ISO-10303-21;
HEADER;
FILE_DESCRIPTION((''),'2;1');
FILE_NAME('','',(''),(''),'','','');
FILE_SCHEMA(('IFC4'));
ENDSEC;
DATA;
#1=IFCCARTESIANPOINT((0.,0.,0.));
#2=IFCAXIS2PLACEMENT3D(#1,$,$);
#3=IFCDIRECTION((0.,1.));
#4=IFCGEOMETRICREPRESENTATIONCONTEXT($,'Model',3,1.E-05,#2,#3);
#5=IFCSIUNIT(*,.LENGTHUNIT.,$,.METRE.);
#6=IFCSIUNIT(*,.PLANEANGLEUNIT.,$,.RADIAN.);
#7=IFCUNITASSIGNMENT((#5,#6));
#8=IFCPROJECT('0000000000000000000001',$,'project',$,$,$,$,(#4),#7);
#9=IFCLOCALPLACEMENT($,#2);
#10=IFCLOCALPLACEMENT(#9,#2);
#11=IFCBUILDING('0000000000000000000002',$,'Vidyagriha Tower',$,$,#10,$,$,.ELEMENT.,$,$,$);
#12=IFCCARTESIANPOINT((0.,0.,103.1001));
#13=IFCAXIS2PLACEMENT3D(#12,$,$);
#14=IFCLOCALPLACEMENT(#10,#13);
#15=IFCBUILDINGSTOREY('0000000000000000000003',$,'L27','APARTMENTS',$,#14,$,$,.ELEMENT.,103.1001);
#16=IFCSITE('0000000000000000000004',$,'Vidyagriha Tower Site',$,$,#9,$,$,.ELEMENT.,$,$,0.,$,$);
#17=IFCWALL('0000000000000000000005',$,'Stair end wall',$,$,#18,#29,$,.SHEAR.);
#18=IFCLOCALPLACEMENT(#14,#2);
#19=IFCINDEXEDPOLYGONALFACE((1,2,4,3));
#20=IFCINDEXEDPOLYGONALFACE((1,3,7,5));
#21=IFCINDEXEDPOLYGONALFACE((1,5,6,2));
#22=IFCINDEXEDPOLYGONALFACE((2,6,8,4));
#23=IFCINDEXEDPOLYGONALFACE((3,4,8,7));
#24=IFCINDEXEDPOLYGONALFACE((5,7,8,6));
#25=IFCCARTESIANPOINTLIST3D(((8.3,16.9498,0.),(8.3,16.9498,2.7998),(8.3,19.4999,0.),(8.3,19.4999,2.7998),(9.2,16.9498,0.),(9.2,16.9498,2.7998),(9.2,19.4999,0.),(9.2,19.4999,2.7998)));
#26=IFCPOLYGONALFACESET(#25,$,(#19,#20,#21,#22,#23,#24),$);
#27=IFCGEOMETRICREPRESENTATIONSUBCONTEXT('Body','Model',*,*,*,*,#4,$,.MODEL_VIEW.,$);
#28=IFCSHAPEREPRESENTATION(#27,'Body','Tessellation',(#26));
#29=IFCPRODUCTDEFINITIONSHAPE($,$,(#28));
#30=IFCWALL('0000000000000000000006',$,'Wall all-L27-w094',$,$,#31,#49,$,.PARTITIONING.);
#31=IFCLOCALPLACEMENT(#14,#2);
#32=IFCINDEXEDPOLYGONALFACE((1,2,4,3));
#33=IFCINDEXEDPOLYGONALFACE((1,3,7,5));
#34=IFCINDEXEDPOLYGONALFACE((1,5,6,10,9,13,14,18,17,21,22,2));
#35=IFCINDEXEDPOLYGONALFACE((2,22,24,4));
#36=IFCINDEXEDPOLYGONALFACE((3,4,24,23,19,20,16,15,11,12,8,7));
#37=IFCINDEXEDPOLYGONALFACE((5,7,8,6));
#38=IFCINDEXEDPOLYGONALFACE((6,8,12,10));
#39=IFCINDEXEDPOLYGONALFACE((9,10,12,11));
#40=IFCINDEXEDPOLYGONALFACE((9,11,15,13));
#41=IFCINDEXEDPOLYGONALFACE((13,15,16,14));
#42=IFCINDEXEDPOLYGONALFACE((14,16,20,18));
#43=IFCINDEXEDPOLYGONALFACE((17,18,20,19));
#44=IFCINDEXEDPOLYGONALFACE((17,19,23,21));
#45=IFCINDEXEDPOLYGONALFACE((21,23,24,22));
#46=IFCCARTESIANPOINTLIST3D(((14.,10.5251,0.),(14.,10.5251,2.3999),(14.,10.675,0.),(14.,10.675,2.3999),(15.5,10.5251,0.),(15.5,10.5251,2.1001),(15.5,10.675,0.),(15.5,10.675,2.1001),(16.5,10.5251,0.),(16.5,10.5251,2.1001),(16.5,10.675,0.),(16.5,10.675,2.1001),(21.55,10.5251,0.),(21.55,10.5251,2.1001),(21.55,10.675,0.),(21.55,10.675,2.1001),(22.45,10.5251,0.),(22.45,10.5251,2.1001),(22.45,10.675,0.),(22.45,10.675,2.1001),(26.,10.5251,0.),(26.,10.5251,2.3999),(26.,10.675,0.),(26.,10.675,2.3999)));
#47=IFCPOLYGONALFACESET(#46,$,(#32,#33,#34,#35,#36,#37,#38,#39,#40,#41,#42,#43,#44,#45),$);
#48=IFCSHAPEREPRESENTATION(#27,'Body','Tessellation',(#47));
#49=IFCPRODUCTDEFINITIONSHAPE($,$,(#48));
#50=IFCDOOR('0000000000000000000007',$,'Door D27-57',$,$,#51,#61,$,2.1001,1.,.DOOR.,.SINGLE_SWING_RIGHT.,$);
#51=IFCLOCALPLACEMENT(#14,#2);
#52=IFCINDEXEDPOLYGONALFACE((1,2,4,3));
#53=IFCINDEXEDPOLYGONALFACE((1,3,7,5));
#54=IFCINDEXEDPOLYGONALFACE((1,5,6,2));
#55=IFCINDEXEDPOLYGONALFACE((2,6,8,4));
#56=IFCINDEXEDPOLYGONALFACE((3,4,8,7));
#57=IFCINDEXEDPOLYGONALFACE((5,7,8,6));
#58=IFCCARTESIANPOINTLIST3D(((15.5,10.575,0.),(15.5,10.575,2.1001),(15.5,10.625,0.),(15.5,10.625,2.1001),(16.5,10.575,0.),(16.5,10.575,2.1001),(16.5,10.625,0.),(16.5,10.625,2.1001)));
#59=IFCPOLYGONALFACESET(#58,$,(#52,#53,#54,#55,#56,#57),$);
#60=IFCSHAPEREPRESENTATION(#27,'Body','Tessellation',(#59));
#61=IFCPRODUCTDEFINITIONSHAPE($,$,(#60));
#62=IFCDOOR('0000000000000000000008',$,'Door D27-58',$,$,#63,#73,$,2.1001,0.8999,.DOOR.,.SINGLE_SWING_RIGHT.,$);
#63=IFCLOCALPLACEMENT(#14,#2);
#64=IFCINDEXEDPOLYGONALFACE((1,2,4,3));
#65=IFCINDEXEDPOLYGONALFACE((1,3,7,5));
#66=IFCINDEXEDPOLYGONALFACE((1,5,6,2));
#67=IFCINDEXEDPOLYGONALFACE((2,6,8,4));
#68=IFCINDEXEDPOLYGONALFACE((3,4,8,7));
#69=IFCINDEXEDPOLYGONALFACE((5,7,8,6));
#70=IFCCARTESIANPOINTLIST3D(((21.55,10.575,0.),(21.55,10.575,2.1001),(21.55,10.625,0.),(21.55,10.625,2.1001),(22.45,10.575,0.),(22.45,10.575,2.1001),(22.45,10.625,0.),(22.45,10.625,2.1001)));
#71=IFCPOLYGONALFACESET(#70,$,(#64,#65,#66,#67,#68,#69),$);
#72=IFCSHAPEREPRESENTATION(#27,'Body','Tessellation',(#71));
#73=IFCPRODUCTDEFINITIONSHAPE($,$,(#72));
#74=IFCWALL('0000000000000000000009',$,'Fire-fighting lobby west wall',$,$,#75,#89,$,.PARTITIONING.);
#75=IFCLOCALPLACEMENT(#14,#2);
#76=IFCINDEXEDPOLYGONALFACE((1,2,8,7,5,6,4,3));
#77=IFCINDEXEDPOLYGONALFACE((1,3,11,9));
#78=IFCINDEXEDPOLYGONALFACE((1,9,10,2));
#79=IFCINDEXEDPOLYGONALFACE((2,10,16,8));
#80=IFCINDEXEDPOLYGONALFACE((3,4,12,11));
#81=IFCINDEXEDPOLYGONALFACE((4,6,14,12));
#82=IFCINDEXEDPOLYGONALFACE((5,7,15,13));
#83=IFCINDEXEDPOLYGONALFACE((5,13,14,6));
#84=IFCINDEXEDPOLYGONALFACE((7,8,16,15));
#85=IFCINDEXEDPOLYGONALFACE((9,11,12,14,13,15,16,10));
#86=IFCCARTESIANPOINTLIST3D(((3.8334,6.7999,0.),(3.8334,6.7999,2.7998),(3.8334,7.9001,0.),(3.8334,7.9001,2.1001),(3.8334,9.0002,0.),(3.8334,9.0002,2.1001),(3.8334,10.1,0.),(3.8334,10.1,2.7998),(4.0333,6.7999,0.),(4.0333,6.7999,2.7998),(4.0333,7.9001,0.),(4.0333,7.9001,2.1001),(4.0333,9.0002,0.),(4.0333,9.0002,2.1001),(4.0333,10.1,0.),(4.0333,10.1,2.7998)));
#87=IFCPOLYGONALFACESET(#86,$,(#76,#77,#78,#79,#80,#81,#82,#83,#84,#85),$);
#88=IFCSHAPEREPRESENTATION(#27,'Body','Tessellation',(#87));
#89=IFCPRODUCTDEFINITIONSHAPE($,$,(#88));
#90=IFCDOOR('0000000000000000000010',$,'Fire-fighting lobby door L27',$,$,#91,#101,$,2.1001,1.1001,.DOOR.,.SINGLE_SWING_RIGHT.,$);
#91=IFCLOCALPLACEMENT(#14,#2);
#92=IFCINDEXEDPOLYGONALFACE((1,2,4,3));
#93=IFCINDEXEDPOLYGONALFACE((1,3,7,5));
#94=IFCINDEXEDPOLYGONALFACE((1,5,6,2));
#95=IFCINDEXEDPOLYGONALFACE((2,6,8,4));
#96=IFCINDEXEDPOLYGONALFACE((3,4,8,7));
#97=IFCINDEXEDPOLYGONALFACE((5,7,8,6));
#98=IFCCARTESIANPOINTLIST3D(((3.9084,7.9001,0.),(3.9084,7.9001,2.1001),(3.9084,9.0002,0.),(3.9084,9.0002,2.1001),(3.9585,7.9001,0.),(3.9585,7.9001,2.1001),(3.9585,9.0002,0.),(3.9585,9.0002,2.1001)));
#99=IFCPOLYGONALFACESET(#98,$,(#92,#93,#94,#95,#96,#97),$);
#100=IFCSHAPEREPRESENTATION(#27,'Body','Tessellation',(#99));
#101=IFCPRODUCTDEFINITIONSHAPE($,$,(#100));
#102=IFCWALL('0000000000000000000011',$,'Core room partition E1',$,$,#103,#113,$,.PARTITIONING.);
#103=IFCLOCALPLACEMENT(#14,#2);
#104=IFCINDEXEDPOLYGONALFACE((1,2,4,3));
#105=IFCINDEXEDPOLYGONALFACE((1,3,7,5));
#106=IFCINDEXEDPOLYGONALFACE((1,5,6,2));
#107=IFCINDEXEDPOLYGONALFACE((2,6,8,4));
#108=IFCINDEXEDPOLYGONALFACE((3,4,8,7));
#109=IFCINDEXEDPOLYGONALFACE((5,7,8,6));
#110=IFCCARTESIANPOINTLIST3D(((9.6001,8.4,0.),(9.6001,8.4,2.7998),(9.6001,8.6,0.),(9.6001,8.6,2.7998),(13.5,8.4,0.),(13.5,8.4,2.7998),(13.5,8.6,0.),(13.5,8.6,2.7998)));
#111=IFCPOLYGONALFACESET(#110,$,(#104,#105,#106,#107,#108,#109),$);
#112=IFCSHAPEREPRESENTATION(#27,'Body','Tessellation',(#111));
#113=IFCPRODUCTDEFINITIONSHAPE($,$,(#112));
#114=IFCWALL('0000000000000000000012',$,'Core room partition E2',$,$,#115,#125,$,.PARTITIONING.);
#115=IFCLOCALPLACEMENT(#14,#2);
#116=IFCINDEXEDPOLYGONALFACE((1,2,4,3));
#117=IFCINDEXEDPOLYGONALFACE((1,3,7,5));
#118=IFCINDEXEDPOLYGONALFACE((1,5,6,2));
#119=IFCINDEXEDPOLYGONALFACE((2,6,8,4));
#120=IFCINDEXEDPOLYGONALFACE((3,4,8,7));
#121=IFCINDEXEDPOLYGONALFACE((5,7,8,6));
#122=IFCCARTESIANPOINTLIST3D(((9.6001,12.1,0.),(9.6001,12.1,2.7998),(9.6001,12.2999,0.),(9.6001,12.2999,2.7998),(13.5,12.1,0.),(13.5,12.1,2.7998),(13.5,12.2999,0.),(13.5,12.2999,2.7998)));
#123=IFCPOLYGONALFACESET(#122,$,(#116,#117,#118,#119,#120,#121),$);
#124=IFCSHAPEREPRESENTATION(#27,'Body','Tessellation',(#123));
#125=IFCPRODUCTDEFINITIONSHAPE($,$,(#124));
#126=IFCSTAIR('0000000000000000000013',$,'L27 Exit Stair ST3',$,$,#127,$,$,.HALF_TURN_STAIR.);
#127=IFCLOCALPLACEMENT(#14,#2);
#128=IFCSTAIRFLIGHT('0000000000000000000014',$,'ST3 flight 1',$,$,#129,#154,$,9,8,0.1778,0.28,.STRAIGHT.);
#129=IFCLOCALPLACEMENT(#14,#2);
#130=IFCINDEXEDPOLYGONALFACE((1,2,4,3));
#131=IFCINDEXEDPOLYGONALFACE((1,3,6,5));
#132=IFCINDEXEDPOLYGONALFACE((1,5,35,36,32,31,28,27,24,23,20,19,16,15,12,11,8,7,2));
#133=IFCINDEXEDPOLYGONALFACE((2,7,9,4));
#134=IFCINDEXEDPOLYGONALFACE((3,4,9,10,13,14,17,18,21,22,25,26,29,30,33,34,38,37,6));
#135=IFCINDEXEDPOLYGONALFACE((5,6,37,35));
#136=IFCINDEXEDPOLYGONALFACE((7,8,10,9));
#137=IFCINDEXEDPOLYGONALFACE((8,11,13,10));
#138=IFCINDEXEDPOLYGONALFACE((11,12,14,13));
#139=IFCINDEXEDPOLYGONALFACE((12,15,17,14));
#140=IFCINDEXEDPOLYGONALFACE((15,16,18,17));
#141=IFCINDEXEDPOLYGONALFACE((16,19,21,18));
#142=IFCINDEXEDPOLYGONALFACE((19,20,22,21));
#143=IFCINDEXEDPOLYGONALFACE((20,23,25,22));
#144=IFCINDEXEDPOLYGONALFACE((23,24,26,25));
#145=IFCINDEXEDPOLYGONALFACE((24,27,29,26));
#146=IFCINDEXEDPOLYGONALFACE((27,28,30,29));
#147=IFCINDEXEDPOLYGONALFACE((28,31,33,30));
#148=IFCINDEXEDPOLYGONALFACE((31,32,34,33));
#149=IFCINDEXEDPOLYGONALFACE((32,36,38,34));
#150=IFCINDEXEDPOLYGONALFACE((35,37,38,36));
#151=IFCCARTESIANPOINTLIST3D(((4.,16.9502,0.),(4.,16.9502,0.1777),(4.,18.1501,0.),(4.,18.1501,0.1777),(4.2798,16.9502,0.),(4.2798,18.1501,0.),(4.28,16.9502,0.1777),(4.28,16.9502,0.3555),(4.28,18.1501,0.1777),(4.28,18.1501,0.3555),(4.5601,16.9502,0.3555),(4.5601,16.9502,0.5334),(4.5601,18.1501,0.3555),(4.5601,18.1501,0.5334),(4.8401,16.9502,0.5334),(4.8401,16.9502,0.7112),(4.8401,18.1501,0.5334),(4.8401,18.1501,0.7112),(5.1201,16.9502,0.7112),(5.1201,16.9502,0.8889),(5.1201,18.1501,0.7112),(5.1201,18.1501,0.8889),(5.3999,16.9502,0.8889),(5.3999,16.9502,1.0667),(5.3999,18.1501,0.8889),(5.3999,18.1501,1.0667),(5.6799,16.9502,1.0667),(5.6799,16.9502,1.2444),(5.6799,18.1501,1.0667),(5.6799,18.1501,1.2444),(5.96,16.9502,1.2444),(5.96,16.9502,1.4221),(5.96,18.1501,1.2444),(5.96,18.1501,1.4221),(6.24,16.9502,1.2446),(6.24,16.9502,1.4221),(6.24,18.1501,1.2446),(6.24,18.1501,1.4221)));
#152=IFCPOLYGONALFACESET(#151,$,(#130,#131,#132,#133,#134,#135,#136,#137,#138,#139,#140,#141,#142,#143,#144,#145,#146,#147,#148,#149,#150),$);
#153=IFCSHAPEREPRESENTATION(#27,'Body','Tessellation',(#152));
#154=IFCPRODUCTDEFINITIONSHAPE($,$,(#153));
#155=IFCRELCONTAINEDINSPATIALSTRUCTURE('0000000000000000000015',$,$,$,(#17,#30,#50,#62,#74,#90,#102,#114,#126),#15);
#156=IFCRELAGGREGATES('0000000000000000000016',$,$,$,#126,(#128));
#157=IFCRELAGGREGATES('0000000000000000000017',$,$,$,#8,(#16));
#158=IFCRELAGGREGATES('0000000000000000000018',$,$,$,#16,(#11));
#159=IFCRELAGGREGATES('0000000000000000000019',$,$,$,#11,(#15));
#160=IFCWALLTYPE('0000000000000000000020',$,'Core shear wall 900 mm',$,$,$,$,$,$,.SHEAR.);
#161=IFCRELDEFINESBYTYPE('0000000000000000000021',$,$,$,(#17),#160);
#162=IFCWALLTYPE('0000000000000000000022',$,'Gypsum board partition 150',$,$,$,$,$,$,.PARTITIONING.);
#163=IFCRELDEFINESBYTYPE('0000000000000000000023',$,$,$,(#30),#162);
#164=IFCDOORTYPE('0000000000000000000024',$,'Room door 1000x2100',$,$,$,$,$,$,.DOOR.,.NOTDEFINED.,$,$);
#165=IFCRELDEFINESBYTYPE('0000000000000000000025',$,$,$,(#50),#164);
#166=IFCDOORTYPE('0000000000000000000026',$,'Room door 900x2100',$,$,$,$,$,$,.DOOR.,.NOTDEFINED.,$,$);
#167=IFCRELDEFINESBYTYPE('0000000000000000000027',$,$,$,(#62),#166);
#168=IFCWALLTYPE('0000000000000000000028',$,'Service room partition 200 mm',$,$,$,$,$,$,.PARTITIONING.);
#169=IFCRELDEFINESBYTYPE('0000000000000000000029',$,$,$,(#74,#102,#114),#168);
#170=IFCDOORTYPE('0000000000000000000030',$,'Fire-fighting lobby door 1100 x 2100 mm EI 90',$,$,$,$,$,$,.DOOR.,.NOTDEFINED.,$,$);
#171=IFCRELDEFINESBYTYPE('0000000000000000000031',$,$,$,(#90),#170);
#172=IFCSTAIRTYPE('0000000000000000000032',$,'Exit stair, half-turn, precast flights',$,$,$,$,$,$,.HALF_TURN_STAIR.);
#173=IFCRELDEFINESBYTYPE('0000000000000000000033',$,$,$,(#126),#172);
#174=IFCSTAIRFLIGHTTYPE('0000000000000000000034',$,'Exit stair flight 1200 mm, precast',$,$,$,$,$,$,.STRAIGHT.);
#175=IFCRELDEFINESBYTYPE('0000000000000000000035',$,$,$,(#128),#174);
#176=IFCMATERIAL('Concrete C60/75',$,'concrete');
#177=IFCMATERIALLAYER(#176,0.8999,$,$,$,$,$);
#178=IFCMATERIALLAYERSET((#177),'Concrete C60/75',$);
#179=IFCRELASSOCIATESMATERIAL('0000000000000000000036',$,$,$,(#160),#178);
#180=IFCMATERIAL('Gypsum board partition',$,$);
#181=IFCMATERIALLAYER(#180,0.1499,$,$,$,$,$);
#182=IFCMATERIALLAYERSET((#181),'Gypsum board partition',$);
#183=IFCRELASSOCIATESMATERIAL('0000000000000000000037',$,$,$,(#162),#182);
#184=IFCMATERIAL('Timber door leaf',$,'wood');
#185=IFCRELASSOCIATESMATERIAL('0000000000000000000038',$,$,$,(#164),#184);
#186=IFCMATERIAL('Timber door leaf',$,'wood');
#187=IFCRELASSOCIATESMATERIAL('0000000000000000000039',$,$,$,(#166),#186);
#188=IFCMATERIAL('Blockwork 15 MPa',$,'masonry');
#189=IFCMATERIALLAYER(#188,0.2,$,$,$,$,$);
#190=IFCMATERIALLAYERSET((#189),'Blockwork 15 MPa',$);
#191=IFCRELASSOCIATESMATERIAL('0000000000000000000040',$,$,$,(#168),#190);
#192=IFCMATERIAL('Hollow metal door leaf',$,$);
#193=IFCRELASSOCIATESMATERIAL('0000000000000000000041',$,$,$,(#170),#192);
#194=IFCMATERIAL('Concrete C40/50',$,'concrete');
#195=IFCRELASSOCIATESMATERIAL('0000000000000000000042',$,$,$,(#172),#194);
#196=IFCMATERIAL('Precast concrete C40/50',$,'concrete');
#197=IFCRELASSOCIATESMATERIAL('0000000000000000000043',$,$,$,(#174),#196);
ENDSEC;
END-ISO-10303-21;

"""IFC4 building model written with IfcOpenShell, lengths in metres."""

from ifc_helpers import new_model, si_unit, direction, frame, frame_2d, origin, place, context, subcontext, project, spatial, polyline, rectangle, outline, extrude, material, layer, layer_set, type_object, element, fill, aggregate, save


model = new_model("IFC4")

# Units and contexts
model_context = context("Model", 3, precision=1e-05, world=origin(), true_north=direction((0.0, 1.0)))
body_context = subcontext(model_context, "Body", "Model", "MODEL_VIEW")
ifc_project = project(units=[si_unit("LENGTHUNIT", "METRE"), si_unit("PLANEANGLEUNIT", "RADIAN")], contexts=[model_context])

# Site, building, storey
site_placement = place(None, origin())
site = spatial("IfcSite", under=ifc_project, at=site_placement, Name="Vidyagriha Tower Site", CompositionType="ELEMENT", RefElevation=0.0)
building_placement = place(site_placement, origin())
building = spatial("IfcBuilding", under=site, at=building_placement, Name="Vidyagriha Tower", CompositionType="ELEMENT")
storey_placement = place(building_placement, frame((0.0, 0.0, 103.1001)))
storey = spatial("IfcBuildingStorey", under=building, at=storey_placement, Name="L27", Description="APARTMENTS", CompositionType="ELEMENT", Elevation=103.1001)

# Wall
ifc_material_1 = material(Name="Concrete C60/75", Category="concrete")
ifc_layer_1 = layer(ifc_material_1, 0.8999)
ifc_layer_set_1 = layer_set([ifc_layer_1], Name="Concrete C60/75")
wall_type_1 = type_object("IfcWallType", Name="Core shear wall 900 mm", PredefinedType="SHEAR", material=ifc_layer_set_1)
wall_1_placement = place(storey_placement, frame((8.75, 16.95, 0.0), z_axis=(0.0, 0.0, 1.0), x_axis=(0.0, 1.0, 0.0)))
element("IfcWall", 1, at=wall_1_placement, inside=storey, type_object=wall_type_1, Name="Stair end wall", PredefinedType="SHEAR", context=body_context, shape_type="SweptSolid", body=[
    extrude(rectangle(XDim=2.55, YDim=0.8999, at=frame_2d((1.2749, 0.0))), origin(), (0.0, 0.0, 1.0), 2.7998),
])

# Wall, openings, doors
ifc_material_2 = material(Name="Gypsum board partition")
ifc_layer_2 = layer(ifc_material_2, 0.1499)
ifc_layer_set_2 = layer_set([ifc_layer_2], Name="Gypsum board partition")
wall_type_2 = type_object("IfcWallType", Name="Gypsum board partition 150", PredefinedType="PARTITIONING", material=ifc_layer_set_2)
wall_2_placement = place(storey_placement, frame((14.0, 10.6001, 0.0)))
wall_2 = element("IfcWall", 2, at=wall_2_placement, inside=storey, type_object=wall_type_2, Name="Wall all-L27-w094", PredefinedType="PARTITIONING", context=body_context, shape_type="SweptSolid", body=[
    extrude(rectangle(XDim=12.0, YDim=0.1499, at=frame_2d((6.0, 0.0))), origin(), (0.0, 0.0, 1.0), 2.3999),
])
opening_1_placement = place(wall_2_placement, frame((1.5, 0.0, 0.0)))
opening_1 = element("IfcOpeningElement", 3, at=opening_1_placement, cuts=wall_2, PredefinedType="OPENING", context=body_context, shape_type="SweptSolid", body=[
    extrude(rectangle(XDim=1.0, YDim=2.1001, at=frame_2d((0.5, 1.05))), frame((0.0, 0.085, 0.0), z_axis=(0.0, -1.0, 0.0), x_axis=(1.0, 0.0, 0.0)), (0.0, 0.0, 1.0), 0.1699),
])
opening_2_placement = place(wall_2_placement, frame((7.55, 0.0, 0.0)))
opening_2 = element("IfcOpeningElement", 4, at=opening_2_placement, cuts=wall_2, PredefinedType="OPENING", context=body_context, shape_type="SweptSolid", body=[
    extrude(rectangle(XDim=0.8999, YDim=2.1001, at=frame_2d((0.45, 1.05))), frame((0.0, 0.085, 0.0), z_axis=(0.0, -1.0, 0.0), x_axis=(1.0, 0.0, 0.0)), (0.0, 0.0, 1.0), 0.1699),
])
ifc_material_3 = material(Name="Timber door leaf", Category="wood")
door_type_1 = type_object("IfcDoorType", Name="Room door 1000x2100", OperationType="NOTDEFINED", PredefinedType="DOOR", material=ifc_material_3)
door_1_placement = place(opening_1_placement, origin())
door_1 = element("IfcDoor", 5, at=door_1_placement, inside=storey, type_object=door_type_1, Name="Door D27-57", OperationType="SINGLE_SWING_RIGHT", OverallHeight=2.1001, OverallWidth=1.0, PredefinedType="DOOR", context=body_context, shape_type="SweptSolid", body=[
    extrude(rectangle(XDim=1.0, YDim=2.1001, at=frame_2d((0.5, 1.05))), frame((0.0, 0.0249, 0.0), z_axis=(0.0, -1.0, 0.0), x_axis=(1.0, 0.0, 0.0)), (0.0, 0.0, 1.0), 0.05),
])
fill(opening_1, door_1)
ifc_material_4 = material(Name="Timber door leaf", Category="wood")
door_type_2 = type_object("IfcDoorType", Name="Room door 900x2100", OperationType="NOTDEFINED", PredefinedType="DOOR", material=ifc_material_4)
door_2_placement = place(opening_2_placement, origin())
door_2 = element("IfcDoor", 6, at=door_2_placement, inside=storey, type_object=door_type_2, Name="Door D27-58", OperationType="SINGLE_SWING_RIGHT", OverallHeight=2.1001, OverallWidth=0.8999, PredefinedType="DOOR", context=body_context, shape_type="SweptSolid", body=[
    extrude(rectangle(XDim=0.8999, YDim=2.1001, at=frame_2d((0.45, 1.05))), frame((0.0, 0.0249, 0.0), z_axis=(0.0, -1.0, 0.0), x_axis=(1.0, 0.0, 0.0)), (0.0, 0.0, 1.0), 0.05),
])
fill(opening_2, door_2)

# Wall, opening, door
ifc_material_5 = material(Name="Blockwork 15 MPa", Category="masonry")
ifc_layer_3 = layer(ifc_material_5, 0.2)
ifc_layer_set_3 = layer_set([ifc_layer_3], Name="Blockwork 15 MPa")
wall_type_3 = type_object("IfcWallType", Name="Service room partition 200 mm", PredefinedType="PARTITIONING", material=ifc_layer_set_3)
wall_3_placement = place(storey_placement, frame((3.9333, 6.8, 0.0), z_axis=(0.0, 0.0, 1.0), x_axis=(0.0, 1.0, 0.0)))
wall_3 = element("IfcWall", 7, at=wall_3_placement, inside=storey, type_object=wall_type_3, Name="Fire-fighting lobby west wall", PredefinedType="PARTITIONING", context=body_context, shape_type="SweptSolid", body=[
    extrude(rectangle(XDim=3.3, YDim=0.2, at=frame_2d((1.6499, 0.0))), origin(), (0.0, 0.0, 1.0), 2.7998),
])
opening_3_placement = place(wall_3_placement, frame((1.1001, 0.0, 0.0)))
opening_3 = element("IfcOpeningElement", 8, at=opening_3_placement, cuts=wall_3, PredefinedType="OPENING", context=body_context, shape_type="SweptSolid", body=[
    extrude(rectangle(XDim=1.1001, YDim=2.1001, at=frame_2d((0.55, 1.05))), frame((0.0, 0.1099, 0.0), z_axis=(0.0, -1.0, 0.0), x_axis=(1.0, 0.0, 0.0)), (0.0, 0.0, 1.0), 0.22),
])
ifc_material_6 = material(Name="Hollow metal door leaf")
door_type_3 = type_object("IfcDoorType", Name="Fire-fighting lobby door 1100 x 2100 mm EI 90", OperationType="NOTDEFINED", PredefinedType="DOOR", material=ifc_material_6)
door_3_placement = place(opening_3_placement, origin())
door_3 = element("IfcDoor", 9, at=door_3_placement, inside=storey, type_object=door_type_3, Name="Fire-fighting lobby door L27", OperationType="SINGLE_SWING_RIGHT", OverallHeight=2.1001, OverallWidth=1.1001, PredefinedType="DOOR", context=body_context, shape_type="SweptSolid", body=[
    extrude(rectangle(XDim=1.1001, YDim=2.1001, at=frame_2d((0.55, 1.05))), frame((0.0, 0.0249, 0.0), z_axis=(0.0, -1.0, 0.0), x_axis=(1.0, 0.0, 0.0)), (0.0, 0.0, 1.0), 0.05),
])
fill(opening_3, door_3)

# Walls
for number, where, name in (
    (10, (9.6001, 8.5, 0.0), "Core room partition E1"),
    (11, (9.6001, 12.2, 0.0), "Core room partition E2"),
):
    element("IfcWall", number, at=place(storey_placement, frame(where)), inside=storey, type_object=wall_type_3, Name=name, PredefinedType="PARTITIONING", context=body_context, shape_type="SweptSolid", body=[
        extrude(rectangle(XDim=3.8999, YDim=0.2, at=frame_2d((1.95, 0.0))), origin(), (0.0, 0.0, 1.0), 2.7998),
    ])

# Stair, stair flight
ifc_material_7 = material(Name="Concrete C40/50", Category="concrete")
stair_type = type_object("IfcStairType", Name="Exit stair, half-turn, precast flights", PredefinedType="HALF_TURN_STAIR", material=ifc_material_7)
stair_placement = place(storey_placement, origin())
stair = element("IfcStair", 12, at=stair_placement, inside=storey, type_object=stair_type, Name="L27 Exit Stair ST3", PredefinedType="HALF_TURN_STAIR")
ifc_material_8 = material(Name="Precast concrete C40/50", Category="concrete")
stair_flight_type = type_object("IfcStairFlightType", Name="Exit stair flight 1200 mm, precast", PredefinedType="STRAIGHT", material=ifc_material_8)
stair_flight_1_placement = place(storey_placement, frame((4.0, 17.55, 0.0)))
stair_flight_1 = element("IfcStairFlight", 13, at=stair_flight_1_placement, type_object=stair_flight_type, Name="ST3 flight 1", NumberOfRisers=9, NumberOfTreads=8, PredefinedType="STRAIGHT", RiserHeight=0.1778, TreadLength=0.28, context=body_context, shape_type="SweptSolid", body=[
    extrude(outline(polyline([(0.0, 0.0), (0.0, 0.1777), (0.28, 0.1777), (0.28, 0.3555), (0.5601, 0.3555), (0.5601, 0.5334), (0.8401, 0.5334), (0.8401, 0.7112), (1.1201, 0.7112), (1.1201, 0.8889), (1.3999, 0.8889), (1.3999, 1.0667), (1.6799, 1.0667), (1.6799, 1.2444), (1.96, 1.2444), (1.96, 1.4221), (2.24, 1.4221), (2.24, 1.6001), (2.24, 1.2446), (0.2798, 0.0), (0.0, 0.0)])), frame((0.0, 0.6001, 0.0), z_axis=(0.0, -1.0, 0.0), x_axis=(1.0, 0.0, 0.0)), (0.0, 0.0, 1.0), 1.2),
])
aggregate(stair, [stair_flight_1])

save(model, "model.ifc")
